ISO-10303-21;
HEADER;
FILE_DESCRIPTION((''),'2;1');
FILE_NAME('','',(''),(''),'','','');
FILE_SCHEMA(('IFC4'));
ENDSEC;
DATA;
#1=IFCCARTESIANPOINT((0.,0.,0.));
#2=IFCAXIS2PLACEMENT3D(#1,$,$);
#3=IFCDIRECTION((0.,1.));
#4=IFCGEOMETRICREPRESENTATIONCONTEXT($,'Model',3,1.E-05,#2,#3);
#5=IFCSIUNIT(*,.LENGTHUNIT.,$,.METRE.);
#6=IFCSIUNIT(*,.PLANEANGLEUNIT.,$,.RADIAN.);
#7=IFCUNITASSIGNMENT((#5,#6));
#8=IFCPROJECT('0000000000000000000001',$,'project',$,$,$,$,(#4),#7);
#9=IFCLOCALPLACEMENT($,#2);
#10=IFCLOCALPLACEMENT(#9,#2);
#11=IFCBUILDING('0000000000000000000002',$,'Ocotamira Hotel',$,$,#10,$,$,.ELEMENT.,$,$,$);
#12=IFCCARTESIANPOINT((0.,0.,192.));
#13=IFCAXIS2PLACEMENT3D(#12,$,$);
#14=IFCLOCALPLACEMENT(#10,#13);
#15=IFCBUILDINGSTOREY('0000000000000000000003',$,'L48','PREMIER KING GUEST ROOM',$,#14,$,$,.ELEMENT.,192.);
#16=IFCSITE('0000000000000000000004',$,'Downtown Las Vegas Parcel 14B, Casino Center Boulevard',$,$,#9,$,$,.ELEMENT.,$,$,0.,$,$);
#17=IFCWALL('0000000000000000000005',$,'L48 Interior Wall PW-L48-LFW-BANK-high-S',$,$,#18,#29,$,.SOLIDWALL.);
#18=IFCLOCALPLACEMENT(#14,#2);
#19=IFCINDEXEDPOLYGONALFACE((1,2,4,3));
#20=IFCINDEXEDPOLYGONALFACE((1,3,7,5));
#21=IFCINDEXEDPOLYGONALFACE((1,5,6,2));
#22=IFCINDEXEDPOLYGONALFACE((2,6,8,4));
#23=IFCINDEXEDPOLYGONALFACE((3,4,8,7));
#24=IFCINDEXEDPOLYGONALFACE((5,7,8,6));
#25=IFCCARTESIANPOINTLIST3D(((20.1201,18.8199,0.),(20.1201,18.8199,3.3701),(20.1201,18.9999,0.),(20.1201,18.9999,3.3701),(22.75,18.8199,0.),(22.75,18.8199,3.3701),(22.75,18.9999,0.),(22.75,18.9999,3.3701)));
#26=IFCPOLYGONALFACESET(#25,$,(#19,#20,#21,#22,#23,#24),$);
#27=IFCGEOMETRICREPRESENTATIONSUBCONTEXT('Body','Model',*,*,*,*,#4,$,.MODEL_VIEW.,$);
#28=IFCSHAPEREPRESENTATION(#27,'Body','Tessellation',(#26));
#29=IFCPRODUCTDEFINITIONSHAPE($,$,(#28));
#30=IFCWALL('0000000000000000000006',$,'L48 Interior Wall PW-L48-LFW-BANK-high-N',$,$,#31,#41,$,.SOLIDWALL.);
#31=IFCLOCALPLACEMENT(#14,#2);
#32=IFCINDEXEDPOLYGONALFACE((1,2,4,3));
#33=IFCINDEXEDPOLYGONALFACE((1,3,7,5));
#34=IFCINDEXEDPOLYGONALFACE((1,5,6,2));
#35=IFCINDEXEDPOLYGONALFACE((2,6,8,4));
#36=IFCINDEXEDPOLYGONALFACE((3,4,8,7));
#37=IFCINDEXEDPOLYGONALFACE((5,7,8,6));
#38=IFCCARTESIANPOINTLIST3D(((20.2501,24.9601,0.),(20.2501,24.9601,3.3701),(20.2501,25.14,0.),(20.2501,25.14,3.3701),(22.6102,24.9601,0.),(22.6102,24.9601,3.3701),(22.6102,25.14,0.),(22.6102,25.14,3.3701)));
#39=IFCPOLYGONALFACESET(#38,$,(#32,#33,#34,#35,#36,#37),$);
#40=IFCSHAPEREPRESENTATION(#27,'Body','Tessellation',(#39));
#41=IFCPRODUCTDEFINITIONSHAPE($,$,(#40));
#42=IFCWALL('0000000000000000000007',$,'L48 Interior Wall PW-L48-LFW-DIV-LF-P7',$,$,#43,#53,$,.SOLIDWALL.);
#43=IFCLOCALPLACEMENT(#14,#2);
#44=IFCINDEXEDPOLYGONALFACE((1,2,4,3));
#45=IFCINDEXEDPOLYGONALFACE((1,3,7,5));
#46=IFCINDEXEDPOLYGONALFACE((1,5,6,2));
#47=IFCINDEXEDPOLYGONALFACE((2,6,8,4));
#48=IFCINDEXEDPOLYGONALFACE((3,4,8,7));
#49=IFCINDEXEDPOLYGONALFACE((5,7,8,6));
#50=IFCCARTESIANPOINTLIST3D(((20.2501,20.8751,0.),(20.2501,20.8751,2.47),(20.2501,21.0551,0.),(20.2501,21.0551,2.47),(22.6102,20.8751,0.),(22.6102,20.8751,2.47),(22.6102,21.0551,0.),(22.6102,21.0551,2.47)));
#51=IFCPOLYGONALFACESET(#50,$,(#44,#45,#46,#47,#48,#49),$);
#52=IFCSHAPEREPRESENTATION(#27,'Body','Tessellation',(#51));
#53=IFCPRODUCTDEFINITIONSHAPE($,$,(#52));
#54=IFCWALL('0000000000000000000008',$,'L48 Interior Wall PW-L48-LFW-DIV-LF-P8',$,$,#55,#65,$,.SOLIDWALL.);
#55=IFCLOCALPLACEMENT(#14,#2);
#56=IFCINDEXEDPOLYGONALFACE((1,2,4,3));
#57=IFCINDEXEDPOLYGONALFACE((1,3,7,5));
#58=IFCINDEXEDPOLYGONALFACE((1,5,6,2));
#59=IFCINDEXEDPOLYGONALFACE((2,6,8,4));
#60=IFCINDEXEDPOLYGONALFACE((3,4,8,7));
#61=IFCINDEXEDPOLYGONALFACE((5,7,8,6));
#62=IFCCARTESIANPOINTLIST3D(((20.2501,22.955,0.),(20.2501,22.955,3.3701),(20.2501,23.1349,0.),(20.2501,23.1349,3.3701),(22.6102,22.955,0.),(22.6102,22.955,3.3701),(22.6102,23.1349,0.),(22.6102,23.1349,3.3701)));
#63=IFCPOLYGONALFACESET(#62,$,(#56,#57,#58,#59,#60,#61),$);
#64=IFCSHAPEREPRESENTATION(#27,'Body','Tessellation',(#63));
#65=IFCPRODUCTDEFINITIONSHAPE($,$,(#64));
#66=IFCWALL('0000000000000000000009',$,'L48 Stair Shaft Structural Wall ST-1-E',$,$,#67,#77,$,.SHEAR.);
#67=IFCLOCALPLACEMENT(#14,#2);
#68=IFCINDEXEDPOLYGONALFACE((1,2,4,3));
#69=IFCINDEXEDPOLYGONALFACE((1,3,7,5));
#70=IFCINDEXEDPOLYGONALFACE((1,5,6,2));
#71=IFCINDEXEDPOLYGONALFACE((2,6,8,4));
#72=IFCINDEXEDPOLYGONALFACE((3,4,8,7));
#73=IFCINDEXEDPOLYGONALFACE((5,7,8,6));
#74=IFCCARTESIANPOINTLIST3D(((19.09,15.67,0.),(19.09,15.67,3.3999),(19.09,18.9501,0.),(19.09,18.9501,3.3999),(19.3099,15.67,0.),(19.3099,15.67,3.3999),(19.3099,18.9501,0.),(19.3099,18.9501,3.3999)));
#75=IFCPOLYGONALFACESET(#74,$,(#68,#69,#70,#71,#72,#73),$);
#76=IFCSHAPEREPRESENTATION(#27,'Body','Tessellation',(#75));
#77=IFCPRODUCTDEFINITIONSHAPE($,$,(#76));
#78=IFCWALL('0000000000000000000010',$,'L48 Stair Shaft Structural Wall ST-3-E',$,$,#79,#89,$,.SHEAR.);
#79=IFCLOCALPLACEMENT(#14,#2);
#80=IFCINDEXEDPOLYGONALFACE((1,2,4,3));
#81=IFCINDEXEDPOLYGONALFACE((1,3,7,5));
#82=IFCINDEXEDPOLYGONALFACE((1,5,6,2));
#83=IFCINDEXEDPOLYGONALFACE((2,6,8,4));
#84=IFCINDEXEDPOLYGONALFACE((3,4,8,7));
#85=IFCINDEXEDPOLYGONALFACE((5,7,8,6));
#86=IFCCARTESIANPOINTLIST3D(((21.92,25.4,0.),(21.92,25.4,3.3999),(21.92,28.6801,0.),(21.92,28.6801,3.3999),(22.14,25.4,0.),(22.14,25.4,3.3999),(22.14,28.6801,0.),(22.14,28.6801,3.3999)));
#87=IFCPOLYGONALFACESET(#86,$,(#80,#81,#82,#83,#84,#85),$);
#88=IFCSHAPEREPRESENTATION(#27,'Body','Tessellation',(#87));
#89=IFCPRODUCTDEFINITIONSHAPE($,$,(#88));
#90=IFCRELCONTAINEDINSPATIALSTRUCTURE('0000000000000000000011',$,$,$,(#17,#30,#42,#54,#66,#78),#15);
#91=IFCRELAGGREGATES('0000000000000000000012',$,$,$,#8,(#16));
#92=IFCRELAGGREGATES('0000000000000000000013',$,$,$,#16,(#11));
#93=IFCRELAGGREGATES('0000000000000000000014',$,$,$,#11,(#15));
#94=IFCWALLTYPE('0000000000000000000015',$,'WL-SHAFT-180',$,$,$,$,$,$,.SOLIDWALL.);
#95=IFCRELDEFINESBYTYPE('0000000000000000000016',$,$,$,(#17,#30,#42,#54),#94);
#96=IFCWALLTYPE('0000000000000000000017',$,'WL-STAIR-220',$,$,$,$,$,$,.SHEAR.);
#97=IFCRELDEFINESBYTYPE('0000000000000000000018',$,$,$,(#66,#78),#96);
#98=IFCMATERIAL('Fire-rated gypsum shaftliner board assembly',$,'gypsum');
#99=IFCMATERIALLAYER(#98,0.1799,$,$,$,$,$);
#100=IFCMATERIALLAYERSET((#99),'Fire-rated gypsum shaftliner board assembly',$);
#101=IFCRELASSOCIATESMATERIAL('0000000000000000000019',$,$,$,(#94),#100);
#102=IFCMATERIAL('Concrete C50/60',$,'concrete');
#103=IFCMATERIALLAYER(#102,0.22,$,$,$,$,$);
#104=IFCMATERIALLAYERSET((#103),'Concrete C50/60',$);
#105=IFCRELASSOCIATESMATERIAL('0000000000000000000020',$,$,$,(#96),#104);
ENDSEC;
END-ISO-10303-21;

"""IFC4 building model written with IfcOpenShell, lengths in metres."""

from ifc_helpers import new_model, si_unit, direction, frame, frame_2d, origin, place, context, subcontext, project, spatial, rectangle, extrude, material, layer, layer_set, type_object, element, save


model = new_model("IFC4")

# Units and contexts
model_context = context("Model", 3, precision=1e-05, world=origin(), true_north=direction((0.0, 1.0)))
body_context = subcontext(model_context, "Body", "Model", "MODEL_VIEW")
ifc_project = project(units=[si_unit("LENGTHUNIT", "METRE"), si_unit("PLANEANGLEUNIT", "RADIAN")], contexts=[model_context])

# Site, building, storey
site_placement = place(None, origin())
site = spatial("IfcSite", under=ifc_project, at=site_placement, Name="Downtown Las Vegas Parcel 14B, Casino Center Boulevard", CompositionType="ELEMENT", RefElevation=0.0)
building_placement = place(site_placement, origin())
building = spatial("IfcBuilding", under=site, at=building_placement, Name="Ocotamira Hotel", CompositionType="ELEMENT")
storey_placement = place(building_placement, frame((0.0, 0.0, 192.0)))
storey = spatial("IfcBuildingStorey", under=building, at=storey_placement, Name="L48", Description="PREMIER KING GUEST ROOM", CompositionType="ELEMENT", Elevation=192.0)

# Shared definitions
ifc_material_1 = material(Name="Concrete C50/60", Category="concrete")

# Shared definitions
ifc_material_2 = material(Name="Fire-rated gypsum shaftliner board assembly", Category="gypsum")
ifc_layer_1 = layer(ifc_material_2, 0.1799)
ifc_layer_set_1 = layer_set([ifc_layer_1], Name="Fire-rated gypsum shaftliner board assembly")
wall_type_1 = type_object("IfcWallType", Name="WL-SHAFT-180", PredefinedType="SOLIDWALL", material=ifc_layer_set_1)

# Walls
wall_1_placement = place(storey_placement, frame((20.1201, 18.9099, 0.0), z_axis=(0.0, 0.0, 1.0), x_axis=(1.0, 0.0, 0.0)))
element("IfcWall", 1, at=wall_1_placement, inside=storey, type_object=wall_type_1, Name="L48 Interior Wall PW-L48-LFW-BANK-high-S", PredefinedType="SOLIDWALL", context=body_context, shape_type="SweptSolid", body=[
    extrude(rectangle(XDim=2.6299, YDim=0.1799, at=frame_2d((1.3149, 0.0))), origin(), (0.0, 0.0, 1.0), 3.3701),
])
wall_2_placement = place(storey_placement, frame((20.25, 25.05, 0.0), z_axis=(0.0, 0.0, 1.0), x_axis=(1.0, 0.0, 0.0)))
element("IfcWall", 2, at=wall_2_placement, inside=storey, type_object=wall_type_1, Name="L48 Interior Wall PW-L48-LFW-BANK-high-N", PredefinedType="SOLIDWALL", context=body_context, shape_type="SweptSolid", body=[
    extrude(rectangle(XDim=2.3601, YDim=0.1799, at=frame_2d((1.1802, 0.0))), origin(), (0.0, 0.0, 1.0), 3.3701),
])
wall_3_placement = place(storey_placement, frame((20.25, 20.9651, 0.0), z_axis=(0.0, 0.0, 1.0), x_axis=(1.0, 0.0, 0.0)))
element("IfcWall", 3, at=wall_3_placement, inside=storey, type_object=wall_type_1, Name="L48 Interior Wall PW-L48-LFW-DIV-LF-P7", PredefinedType="SOLIDWALL", context=body_context, shape_type="SweptSolid", body=[
    extrude(rectangle(XDim=2.3601, YDim=0.1799, at=frame_2d((1.1802, 0.0))), origin(), (0.0, 0.0, 1.0), 2.47),
])
wall_4_placement = place(storey_placement, frame((20.25, 23.0449, 0.0), z_axis=(0.0, 0.0, 1.0), x_axis=(1.0, 0.0, 0.0)))
element("IfcWall", 4, at=wall_4_placement, inside=storey, type_object=wall_type_1, Name="L48 Interior Wall PW-L48-LFW-DIV-LF-P8", PredefinedType="SOLIDWALL", context=body_context, shape_type="SweptSolid", body=[
    extrude(rectangle(XDim=2.3601, YDim=0.1799, at=frame_2d((1.1802, 0.0))), origin(), (0.0, 0.0, 1.0), 3.3701),
])
ifc_layer_2 = layer(ifc_material_1, 0.22)
ifc_layer_set_2 = layer_set([ifc_layer_2], Name="Concrete C50/60")
wall_type_2 = type_object("IfcWallType", Name="WL-STAIR-220", PredefinedType="SHEAR", material=ifc_layer_set_2)
for number, where, z_axis, x_axis, name in (
    (5, (19.2, 15.6699, 0.0), (0.0, 0.0, 1.0), (0.0, 1.0, 0.0), "L48 Stair Shaft Structural Wall ST-1-E"),
    (6, (22.03, 25.3999, 0.0), (0.0, 0.0, 1.0), (0.0, 1.0, 0.0), "L48 Stair Shaft Structural Wall ST-3-E"),
):
    element("IfcWall", number, at=place(storey_placement, frame(where, z_axis=z_axis, x_axis=x_axis)), inside=storey, type_object=wall_type_2, Name=name, PredefinedType="SHEAR", context=body_context, shape_type="SweptSolid", body=[
        extrude(rectangle(XDim=3.28, YDim=0.22, at=frame_2d((1.6401, 0.0))), origin(), (0.0, 0.0, 1.0), 3.3999),
    ])

save(model, "model.ifc")
